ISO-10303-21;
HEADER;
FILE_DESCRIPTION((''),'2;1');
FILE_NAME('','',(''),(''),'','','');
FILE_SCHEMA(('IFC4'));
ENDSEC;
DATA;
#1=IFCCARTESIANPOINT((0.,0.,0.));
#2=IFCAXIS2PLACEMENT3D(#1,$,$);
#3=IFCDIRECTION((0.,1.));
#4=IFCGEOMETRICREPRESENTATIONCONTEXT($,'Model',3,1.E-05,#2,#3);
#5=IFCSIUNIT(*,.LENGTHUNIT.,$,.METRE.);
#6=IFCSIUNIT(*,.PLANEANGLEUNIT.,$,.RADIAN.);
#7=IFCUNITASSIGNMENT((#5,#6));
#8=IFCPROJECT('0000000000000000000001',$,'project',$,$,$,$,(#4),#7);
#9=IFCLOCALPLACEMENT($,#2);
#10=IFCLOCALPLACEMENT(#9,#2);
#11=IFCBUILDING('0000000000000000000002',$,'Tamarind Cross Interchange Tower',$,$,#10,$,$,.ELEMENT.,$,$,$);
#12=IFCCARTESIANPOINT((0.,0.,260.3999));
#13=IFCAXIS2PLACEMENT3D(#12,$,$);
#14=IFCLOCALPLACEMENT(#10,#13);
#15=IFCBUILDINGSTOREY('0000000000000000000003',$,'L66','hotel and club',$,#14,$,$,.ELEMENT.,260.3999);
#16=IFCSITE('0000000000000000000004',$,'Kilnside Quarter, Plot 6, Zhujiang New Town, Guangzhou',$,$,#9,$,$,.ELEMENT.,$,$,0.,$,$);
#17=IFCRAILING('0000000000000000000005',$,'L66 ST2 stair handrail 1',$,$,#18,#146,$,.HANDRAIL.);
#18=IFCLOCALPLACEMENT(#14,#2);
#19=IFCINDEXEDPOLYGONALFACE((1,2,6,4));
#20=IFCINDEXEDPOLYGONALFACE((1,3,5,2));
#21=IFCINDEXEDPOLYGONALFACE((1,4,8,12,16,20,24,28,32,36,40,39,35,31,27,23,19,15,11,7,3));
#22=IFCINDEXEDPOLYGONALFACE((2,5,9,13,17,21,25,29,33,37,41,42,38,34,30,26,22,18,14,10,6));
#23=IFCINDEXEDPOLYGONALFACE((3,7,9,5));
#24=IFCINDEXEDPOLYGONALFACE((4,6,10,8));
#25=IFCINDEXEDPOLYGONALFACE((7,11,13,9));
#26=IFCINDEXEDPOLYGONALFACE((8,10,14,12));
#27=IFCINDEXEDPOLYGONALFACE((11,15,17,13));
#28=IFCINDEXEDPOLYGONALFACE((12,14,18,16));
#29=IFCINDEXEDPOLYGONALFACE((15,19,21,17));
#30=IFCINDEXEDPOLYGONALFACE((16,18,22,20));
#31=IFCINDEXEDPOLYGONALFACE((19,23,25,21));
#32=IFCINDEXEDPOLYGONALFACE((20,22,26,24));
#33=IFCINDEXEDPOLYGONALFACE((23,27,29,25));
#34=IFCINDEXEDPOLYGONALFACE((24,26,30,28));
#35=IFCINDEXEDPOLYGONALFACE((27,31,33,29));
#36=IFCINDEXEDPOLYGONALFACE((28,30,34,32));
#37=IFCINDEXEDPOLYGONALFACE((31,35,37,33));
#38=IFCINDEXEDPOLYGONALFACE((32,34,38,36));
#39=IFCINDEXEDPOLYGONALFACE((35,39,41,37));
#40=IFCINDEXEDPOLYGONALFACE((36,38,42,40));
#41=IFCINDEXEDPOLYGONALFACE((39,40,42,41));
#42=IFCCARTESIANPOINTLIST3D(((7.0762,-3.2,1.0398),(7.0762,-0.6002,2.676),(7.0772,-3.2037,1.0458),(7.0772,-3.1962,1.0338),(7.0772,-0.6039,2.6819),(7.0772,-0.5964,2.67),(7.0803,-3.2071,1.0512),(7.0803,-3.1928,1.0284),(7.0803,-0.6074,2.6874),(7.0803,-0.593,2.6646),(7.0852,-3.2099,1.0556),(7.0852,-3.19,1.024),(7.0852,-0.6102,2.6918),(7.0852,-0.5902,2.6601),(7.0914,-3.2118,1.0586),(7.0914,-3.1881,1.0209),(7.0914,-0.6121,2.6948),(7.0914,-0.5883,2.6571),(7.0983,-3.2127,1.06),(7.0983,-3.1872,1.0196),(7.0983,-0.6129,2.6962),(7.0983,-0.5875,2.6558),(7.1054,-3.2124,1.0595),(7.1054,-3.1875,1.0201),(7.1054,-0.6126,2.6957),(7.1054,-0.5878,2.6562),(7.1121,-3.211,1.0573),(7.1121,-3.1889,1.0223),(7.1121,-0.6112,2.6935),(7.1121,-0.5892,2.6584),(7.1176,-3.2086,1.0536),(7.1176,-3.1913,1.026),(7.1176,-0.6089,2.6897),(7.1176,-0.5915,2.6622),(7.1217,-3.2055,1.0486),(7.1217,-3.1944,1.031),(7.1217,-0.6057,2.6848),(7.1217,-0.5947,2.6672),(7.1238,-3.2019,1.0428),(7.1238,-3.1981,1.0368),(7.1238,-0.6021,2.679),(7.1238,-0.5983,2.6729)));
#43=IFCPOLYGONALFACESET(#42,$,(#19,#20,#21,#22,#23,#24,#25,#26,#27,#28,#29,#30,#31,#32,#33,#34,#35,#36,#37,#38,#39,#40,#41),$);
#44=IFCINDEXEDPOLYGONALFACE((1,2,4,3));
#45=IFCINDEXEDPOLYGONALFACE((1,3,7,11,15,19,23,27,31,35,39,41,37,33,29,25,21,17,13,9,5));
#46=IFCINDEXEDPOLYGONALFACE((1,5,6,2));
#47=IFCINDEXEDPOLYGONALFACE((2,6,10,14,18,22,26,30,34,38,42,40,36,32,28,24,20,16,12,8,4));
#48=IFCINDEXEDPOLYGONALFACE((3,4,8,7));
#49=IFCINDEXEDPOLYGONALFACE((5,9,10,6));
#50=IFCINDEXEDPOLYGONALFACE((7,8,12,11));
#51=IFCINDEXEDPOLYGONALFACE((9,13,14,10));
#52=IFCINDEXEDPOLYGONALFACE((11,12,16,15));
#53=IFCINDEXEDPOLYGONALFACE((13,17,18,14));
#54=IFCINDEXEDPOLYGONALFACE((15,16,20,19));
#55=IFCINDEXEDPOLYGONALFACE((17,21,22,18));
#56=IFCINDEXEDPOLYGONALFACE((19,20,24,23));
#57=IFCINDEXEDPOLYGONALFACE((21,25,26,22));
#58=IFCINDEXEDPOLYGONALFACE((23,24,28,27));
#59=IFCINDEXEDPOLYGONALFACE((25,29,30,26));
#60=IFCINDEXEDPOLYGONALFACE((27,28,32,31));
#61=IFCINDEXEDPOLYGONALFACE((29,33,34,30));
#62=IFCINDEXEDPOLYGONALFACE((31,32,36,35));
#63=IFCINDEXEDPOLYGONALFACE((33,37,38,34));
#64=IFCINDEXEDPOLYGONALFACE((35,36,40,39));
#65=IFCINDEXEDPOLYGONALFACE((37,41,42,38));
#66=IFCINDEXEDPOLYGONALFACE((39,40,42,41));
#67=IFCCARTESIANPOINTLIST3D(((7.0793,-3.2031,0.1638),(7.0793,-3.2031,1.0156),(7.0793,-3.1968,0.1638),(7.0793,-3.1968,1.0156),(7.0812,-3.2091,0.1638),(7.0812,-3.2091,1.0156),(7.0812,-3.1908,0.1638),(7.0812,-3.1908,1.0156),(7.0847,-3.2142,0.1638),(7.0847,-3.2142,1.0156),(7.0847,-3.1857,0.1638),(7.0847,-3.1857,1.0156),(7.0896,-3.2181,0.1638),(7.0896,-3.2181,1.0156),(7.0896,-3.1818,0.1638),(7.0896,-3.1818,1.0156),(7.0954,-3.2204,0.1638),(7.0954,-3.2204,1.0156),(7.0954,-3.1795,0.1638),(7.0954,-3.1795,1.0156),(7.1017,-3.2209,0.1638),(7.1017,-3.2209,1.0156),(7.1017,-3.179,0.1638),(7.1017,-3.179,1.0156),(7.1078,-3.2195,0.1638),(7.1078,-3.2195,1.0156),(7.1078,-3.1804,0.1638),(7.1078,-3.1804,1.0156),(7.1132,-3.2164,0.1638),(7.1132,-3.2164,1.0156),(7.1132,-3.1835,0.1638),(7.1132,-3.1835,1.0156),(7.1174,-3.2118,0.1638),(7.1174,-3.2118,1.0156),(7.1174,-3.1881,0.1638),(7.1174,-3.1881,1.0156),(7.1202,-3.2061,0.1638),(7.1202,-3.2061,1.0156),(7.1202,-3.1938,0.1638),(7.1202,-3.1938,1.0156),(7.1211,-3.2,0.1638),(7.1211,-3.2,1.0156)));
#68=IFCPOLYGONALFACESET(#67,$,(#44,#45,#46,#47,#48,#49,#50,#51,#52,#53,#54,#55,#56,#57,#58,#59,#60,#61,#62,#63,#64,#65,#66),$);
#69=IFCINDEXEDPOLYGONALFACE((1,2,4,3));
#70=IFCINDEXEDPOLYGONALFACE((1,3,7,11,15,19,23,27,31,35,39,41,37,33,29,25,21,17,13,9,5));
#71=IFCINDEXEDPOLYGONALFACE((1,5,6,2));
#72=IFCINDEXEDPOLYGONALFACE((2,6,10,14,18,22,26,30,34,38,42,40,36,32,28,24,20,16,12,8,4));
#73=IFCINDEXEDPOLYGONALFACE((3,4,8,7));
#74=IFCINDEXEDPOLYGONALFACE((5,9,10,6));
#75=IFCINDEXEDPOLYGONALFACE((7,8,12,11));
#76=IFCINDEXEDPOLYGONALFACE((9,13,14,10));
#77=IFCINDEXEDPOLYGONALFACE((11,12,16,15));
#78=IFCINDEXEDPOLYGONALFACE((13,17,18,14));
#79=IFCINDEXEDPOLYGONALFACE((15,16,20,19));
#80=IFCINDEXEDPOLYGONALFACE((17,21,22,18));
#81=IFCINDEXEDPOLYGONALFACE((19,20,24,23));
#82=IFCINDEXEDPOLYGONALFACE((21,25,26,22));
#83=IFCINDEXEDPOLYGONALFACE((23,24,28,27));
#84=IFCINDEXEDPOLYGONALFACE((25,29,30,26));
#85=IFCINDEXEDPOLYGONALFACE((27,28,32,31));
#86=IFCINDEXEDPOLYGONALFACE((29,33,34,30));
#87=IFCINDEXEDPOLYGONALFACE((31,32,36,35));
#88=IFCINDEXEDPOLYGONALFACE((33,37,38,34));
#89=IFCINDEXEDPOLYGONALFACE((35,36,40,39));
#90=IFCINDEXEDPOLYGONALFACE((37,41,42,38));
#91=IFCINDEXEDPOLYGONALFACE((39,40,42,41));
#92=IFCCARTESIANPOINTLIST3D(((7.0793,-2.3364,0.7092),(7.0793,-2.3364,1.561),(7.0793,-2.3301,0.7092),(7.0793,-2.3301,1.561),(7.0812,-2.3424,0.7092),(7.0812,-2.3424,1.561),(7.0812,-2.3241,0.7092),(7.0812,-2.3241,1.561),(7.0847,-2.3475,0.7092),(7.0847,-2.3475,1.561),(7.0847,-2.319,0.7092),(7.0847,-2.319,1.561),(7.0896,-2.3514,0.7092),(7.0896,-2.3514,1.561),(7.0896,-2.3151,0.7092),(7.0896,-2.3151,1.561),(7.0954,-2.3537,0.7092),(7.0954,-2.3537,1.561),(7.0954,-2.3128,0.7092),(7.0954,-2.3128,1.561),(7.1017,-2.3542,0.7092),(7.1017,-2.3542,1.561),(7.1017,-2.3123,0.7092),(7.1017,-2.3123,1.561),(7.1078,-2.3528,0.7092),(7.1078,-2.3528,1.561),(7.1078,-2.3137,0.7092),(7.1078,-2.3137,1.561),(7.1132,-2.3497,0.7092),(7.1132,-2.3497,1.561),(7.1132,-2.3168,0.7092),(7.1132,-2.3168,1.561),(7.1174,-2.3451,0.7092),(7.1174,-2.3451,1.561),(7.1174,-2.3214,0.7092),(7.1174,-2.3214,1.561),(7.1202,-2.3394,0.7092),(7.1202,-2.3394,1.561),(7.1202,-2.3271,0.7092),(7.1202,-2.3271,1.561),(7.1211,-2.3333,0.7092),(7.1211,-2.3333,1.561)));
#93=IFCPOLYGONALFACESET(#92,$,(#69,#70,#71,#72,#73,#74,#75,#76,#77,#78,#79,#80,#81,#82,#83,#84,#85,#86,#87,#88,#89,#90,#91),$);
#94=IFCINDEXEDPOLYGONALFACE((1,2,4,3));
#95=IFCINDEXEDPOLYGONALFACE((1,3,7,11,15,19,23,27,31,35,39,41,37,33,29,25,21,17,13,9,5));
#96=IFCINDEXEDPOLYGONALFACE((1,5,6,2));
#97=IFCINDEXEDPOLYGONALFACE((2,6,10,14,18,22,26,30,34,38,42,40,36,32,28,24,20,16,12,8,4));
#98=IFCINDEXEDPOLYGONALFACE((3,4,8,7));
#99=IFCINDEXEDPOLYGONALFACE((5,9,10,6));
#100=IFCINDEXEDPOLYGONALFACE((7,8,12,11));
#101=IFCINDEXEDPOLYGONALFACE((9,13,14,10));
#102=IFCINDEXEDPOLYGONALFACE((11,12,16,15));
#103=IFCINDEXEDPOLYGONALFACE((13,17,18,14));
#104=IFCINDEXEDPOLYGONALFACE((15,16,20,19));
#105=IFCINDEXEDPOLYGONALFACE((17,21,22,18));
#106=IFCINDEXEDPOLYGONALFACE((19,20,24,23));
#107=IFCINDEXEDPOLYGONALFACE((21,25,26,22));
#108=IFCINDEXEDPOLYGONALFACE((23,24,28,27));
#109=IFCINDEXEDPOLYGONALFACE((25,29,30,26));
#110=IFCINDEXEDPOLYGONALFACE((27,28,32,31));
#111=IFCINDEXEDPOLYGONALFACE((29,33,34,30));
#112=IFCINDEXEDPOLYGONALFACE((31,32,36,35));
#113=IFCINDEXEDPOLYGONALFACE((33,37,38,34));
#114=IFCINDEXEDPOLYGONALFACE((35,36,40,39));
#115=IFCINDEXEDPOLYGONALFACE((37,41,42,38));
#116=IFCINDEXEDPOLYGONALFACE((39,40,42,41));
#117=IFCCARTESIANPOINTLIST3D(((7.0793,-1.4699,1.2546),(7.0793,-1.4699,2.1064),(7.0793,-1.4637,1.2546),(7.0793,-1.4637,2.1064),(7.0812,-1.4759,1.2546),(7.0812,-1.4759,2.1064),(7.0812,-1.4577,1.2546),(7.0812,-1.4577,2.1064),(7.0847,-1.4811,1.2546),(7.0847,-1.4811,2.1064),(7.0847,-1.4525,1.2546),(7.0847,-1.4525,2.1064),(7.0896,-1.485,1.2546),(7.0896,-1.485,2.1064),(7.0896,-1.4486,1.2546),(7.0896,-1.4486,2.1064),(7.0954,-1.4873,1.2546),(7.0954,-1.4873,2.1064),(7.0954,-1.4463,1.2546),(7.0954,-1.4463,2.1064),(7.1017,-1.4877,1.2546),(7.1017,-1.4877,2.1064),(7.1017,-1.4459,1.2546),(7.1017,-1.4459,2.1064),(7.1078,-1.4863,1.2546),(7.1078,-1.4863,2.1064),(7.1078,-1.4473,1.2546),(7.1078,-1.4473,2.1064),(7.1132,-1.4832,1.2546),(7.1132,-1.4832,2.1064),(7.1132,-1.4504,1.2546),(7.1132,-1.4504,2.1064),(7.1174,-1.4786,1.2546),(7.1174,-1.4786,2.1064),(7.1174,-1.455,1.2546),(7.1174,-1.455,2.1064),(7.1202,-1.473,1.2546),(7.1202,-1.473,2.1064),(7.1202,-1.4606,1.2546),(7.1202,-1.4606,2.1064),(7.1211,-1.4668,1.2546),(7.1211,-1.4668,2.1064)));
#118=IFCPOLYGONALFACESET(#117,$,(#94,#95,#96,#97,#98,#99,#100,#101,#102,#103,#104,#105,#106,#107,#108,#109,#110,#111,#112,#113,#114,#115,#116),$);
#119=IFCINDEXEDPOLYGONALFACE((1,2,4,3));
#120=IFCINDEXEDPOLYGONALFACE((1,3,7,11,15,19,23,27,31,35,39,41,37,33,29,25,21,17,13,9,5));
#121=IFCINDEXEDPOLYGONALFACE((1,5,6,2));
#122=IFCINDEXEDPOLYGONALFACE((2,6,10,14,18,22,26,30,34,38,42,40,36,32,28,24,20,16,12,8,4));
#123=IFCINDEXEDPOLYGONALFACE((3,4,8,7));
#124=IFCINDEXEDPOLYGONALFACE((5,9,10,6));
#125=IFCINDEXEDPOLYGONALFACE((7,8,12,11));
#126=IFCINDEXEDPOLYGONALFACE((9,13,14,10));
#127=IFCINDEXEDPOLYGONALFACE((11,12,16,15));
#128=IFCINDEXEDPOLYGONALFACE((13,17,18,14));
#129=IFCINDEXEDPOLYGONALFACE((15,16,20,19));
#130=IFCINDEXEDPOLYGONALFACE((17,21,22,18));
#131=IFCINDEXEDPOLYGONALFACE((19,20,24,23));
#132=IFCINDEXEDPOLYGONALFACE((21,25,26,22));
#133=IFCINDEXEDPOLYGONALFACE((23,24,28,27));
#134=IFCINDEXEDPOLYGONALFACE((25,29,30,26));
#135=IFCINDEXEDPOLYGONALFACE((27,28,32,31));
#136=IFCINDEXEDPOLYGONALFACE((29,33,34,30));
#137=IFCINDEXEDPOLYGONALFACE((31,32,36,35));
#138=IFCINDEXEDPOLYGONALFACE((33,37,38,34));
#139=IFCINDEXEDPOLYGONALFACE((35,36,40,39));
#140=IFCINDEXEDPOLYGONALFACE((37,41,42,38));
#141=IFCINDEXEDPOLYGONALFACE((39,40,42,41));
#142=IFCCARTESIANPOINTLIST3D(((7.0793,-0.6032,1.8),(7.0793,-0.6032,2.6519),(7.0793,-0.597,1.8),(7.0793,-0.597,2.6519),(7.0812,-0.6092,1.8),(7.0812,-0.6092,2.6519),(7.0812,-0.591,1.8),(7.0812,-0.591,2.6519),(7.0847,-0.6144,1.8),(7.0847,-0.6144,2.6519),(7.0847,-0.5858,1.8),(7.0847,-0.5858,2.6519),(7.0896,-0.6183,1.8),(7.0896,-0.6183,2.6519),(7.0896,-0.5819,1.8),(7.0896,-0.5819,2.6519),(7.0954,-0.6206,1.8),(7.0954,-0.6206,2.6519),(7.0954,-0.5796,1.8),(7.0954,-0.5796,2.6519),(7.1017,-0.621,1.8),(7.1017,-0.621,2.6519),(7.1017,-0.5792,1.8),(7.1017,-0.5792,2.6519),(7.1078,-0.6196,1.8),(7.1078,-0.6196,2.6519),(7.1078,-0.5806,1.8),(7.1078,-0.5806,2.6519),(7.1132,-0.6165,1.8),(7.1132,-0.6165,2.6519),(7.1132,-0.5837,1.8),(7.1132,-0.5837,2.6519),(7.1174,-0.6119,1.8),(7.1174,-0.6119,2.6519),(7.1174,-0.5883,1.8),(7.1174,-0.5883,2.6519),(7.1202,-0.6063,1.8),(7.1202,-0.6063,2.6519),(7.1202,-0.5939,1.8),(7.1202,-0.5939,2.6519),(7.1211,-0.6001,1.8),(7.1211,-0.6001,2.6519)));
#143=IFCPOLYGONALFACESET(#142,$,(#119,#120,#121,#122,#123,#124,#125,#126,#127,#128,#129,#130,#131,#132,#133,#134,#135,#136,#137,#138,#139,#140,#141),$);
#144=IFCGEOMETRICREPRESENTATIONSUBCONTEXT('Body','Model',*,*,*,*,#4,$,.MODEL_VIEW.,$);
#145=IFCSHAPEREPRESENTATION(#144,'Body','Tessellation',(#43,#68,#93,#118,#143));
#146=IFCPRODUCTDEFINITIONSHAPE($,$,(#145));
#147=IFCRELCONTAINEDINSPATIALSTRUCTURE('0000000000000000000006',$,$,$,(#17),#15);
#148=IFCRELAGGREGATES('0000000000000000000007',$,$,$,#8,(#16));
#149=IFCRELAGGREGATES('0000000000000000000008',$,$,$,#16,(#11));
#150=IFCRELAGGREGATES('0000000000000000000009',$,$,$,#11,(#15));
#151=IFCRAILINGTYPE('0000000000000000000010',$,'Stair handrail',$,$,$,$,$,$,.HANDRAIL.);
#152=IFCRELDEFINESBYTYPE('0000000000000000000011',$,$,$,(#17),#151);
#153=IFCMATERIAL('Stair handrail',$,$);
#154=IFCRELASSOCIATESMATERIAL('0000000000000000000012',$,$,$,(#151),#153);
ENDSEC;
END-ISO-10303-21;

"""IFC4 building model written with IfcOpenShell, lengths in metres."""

from ifc_helpers import new_model, si_unit, direction, frame, origin, origin_2d, place, context, subcontext, project, spatial, circle, extrude, material, type_object, element, save


model = new_model("IFC4")

# Units and contexts
model_context = context("Model", 3, precision=1e-05, world=origin(), true_north=direction((0.0, 1.0)))
body_context = subcontext(model_context, "Body", "Model", "MODEL_VIEW")
ifc_project = project(units=[si_unit("LENGTHUNIT", "METRE"), si_unit("PLANEANGLEUNIT", "RADIAN")], contexts=[model_context])

# Site, building, storey
site_placement = place(None, origin())
site = spatial("IfcSite", under=ifc_project, at=site_placement, Name="Kilnside Quarter, Plot 6, Zhujiang New Town, Guangzhou", CompositionType="ELEMENT", RefElevation=0.0)
building_placement = place(site_placement, origin())
building = spatial("IfcBuilding", under=site, at=building_placement, Name="Tamarind Cross Interchange Tower", CompositionType="ELEMENT")
storey_placement = place(building_placement, frame((0.0, 0.0, 260.3999)))
storey = spatial("IfcBuildingStorey", under=building, at=storey_placement, Name="L66", Description="hotel and club", CompositionType="ELEMENT", Elevation=260.3999)

# Railing
ifc_material_1 = material(Name="Stair handrail")
railing_type_1 = type_object("IfcRailingType", Name="Stair handrail", PredefinedType="HANDRAIL", material=ifc_material_1)
railing_1_placement = place(storey_placement, frame((7.1001, -3.2, 0.1638)))
element("IfcRailing", 1, at=railing_1_placement, inside=storey, type_object=railing_type_1, Name="L66 ST2 stair handrail 1", PredefinedType="HANDRAIL", context=body_context, shape_type="SweptSolid", body=[
    extrude(circle(Radius=0.0239, at=origin_2d()), frame((0.0, 0.0, 0.876), z_axis=(0.0, 0.846338, 0.532647), x_axis=(-1.0, 0.0, 0.0)), (0.0, 0.0, 1.0), 3.0718),
    extrude(circle(Radius=0.021, at=origin_2d()), origin(), (0.0, 0.0, 1.0), 0.8518),
    extrude(circle(Radius=0.021, at=origin_2d()), frame((0.0, 0.8667, 0.5454)), (0.0, 0.0, 1.0), 0.8518),
    extrude(circle(Radius=0.021, at=origin_2d()), frame((0.0, 1.7332, 1.0908)), (0.0, 0.0, 1.0), 0.8518),
    extrude(circle(Radius=0.021, at=origin_2d()), frame((0.0, 2.5999, 1.6362)), (0.0, 0.0, 1.0), 0.8518),
])

save(model, "model.ifc")
